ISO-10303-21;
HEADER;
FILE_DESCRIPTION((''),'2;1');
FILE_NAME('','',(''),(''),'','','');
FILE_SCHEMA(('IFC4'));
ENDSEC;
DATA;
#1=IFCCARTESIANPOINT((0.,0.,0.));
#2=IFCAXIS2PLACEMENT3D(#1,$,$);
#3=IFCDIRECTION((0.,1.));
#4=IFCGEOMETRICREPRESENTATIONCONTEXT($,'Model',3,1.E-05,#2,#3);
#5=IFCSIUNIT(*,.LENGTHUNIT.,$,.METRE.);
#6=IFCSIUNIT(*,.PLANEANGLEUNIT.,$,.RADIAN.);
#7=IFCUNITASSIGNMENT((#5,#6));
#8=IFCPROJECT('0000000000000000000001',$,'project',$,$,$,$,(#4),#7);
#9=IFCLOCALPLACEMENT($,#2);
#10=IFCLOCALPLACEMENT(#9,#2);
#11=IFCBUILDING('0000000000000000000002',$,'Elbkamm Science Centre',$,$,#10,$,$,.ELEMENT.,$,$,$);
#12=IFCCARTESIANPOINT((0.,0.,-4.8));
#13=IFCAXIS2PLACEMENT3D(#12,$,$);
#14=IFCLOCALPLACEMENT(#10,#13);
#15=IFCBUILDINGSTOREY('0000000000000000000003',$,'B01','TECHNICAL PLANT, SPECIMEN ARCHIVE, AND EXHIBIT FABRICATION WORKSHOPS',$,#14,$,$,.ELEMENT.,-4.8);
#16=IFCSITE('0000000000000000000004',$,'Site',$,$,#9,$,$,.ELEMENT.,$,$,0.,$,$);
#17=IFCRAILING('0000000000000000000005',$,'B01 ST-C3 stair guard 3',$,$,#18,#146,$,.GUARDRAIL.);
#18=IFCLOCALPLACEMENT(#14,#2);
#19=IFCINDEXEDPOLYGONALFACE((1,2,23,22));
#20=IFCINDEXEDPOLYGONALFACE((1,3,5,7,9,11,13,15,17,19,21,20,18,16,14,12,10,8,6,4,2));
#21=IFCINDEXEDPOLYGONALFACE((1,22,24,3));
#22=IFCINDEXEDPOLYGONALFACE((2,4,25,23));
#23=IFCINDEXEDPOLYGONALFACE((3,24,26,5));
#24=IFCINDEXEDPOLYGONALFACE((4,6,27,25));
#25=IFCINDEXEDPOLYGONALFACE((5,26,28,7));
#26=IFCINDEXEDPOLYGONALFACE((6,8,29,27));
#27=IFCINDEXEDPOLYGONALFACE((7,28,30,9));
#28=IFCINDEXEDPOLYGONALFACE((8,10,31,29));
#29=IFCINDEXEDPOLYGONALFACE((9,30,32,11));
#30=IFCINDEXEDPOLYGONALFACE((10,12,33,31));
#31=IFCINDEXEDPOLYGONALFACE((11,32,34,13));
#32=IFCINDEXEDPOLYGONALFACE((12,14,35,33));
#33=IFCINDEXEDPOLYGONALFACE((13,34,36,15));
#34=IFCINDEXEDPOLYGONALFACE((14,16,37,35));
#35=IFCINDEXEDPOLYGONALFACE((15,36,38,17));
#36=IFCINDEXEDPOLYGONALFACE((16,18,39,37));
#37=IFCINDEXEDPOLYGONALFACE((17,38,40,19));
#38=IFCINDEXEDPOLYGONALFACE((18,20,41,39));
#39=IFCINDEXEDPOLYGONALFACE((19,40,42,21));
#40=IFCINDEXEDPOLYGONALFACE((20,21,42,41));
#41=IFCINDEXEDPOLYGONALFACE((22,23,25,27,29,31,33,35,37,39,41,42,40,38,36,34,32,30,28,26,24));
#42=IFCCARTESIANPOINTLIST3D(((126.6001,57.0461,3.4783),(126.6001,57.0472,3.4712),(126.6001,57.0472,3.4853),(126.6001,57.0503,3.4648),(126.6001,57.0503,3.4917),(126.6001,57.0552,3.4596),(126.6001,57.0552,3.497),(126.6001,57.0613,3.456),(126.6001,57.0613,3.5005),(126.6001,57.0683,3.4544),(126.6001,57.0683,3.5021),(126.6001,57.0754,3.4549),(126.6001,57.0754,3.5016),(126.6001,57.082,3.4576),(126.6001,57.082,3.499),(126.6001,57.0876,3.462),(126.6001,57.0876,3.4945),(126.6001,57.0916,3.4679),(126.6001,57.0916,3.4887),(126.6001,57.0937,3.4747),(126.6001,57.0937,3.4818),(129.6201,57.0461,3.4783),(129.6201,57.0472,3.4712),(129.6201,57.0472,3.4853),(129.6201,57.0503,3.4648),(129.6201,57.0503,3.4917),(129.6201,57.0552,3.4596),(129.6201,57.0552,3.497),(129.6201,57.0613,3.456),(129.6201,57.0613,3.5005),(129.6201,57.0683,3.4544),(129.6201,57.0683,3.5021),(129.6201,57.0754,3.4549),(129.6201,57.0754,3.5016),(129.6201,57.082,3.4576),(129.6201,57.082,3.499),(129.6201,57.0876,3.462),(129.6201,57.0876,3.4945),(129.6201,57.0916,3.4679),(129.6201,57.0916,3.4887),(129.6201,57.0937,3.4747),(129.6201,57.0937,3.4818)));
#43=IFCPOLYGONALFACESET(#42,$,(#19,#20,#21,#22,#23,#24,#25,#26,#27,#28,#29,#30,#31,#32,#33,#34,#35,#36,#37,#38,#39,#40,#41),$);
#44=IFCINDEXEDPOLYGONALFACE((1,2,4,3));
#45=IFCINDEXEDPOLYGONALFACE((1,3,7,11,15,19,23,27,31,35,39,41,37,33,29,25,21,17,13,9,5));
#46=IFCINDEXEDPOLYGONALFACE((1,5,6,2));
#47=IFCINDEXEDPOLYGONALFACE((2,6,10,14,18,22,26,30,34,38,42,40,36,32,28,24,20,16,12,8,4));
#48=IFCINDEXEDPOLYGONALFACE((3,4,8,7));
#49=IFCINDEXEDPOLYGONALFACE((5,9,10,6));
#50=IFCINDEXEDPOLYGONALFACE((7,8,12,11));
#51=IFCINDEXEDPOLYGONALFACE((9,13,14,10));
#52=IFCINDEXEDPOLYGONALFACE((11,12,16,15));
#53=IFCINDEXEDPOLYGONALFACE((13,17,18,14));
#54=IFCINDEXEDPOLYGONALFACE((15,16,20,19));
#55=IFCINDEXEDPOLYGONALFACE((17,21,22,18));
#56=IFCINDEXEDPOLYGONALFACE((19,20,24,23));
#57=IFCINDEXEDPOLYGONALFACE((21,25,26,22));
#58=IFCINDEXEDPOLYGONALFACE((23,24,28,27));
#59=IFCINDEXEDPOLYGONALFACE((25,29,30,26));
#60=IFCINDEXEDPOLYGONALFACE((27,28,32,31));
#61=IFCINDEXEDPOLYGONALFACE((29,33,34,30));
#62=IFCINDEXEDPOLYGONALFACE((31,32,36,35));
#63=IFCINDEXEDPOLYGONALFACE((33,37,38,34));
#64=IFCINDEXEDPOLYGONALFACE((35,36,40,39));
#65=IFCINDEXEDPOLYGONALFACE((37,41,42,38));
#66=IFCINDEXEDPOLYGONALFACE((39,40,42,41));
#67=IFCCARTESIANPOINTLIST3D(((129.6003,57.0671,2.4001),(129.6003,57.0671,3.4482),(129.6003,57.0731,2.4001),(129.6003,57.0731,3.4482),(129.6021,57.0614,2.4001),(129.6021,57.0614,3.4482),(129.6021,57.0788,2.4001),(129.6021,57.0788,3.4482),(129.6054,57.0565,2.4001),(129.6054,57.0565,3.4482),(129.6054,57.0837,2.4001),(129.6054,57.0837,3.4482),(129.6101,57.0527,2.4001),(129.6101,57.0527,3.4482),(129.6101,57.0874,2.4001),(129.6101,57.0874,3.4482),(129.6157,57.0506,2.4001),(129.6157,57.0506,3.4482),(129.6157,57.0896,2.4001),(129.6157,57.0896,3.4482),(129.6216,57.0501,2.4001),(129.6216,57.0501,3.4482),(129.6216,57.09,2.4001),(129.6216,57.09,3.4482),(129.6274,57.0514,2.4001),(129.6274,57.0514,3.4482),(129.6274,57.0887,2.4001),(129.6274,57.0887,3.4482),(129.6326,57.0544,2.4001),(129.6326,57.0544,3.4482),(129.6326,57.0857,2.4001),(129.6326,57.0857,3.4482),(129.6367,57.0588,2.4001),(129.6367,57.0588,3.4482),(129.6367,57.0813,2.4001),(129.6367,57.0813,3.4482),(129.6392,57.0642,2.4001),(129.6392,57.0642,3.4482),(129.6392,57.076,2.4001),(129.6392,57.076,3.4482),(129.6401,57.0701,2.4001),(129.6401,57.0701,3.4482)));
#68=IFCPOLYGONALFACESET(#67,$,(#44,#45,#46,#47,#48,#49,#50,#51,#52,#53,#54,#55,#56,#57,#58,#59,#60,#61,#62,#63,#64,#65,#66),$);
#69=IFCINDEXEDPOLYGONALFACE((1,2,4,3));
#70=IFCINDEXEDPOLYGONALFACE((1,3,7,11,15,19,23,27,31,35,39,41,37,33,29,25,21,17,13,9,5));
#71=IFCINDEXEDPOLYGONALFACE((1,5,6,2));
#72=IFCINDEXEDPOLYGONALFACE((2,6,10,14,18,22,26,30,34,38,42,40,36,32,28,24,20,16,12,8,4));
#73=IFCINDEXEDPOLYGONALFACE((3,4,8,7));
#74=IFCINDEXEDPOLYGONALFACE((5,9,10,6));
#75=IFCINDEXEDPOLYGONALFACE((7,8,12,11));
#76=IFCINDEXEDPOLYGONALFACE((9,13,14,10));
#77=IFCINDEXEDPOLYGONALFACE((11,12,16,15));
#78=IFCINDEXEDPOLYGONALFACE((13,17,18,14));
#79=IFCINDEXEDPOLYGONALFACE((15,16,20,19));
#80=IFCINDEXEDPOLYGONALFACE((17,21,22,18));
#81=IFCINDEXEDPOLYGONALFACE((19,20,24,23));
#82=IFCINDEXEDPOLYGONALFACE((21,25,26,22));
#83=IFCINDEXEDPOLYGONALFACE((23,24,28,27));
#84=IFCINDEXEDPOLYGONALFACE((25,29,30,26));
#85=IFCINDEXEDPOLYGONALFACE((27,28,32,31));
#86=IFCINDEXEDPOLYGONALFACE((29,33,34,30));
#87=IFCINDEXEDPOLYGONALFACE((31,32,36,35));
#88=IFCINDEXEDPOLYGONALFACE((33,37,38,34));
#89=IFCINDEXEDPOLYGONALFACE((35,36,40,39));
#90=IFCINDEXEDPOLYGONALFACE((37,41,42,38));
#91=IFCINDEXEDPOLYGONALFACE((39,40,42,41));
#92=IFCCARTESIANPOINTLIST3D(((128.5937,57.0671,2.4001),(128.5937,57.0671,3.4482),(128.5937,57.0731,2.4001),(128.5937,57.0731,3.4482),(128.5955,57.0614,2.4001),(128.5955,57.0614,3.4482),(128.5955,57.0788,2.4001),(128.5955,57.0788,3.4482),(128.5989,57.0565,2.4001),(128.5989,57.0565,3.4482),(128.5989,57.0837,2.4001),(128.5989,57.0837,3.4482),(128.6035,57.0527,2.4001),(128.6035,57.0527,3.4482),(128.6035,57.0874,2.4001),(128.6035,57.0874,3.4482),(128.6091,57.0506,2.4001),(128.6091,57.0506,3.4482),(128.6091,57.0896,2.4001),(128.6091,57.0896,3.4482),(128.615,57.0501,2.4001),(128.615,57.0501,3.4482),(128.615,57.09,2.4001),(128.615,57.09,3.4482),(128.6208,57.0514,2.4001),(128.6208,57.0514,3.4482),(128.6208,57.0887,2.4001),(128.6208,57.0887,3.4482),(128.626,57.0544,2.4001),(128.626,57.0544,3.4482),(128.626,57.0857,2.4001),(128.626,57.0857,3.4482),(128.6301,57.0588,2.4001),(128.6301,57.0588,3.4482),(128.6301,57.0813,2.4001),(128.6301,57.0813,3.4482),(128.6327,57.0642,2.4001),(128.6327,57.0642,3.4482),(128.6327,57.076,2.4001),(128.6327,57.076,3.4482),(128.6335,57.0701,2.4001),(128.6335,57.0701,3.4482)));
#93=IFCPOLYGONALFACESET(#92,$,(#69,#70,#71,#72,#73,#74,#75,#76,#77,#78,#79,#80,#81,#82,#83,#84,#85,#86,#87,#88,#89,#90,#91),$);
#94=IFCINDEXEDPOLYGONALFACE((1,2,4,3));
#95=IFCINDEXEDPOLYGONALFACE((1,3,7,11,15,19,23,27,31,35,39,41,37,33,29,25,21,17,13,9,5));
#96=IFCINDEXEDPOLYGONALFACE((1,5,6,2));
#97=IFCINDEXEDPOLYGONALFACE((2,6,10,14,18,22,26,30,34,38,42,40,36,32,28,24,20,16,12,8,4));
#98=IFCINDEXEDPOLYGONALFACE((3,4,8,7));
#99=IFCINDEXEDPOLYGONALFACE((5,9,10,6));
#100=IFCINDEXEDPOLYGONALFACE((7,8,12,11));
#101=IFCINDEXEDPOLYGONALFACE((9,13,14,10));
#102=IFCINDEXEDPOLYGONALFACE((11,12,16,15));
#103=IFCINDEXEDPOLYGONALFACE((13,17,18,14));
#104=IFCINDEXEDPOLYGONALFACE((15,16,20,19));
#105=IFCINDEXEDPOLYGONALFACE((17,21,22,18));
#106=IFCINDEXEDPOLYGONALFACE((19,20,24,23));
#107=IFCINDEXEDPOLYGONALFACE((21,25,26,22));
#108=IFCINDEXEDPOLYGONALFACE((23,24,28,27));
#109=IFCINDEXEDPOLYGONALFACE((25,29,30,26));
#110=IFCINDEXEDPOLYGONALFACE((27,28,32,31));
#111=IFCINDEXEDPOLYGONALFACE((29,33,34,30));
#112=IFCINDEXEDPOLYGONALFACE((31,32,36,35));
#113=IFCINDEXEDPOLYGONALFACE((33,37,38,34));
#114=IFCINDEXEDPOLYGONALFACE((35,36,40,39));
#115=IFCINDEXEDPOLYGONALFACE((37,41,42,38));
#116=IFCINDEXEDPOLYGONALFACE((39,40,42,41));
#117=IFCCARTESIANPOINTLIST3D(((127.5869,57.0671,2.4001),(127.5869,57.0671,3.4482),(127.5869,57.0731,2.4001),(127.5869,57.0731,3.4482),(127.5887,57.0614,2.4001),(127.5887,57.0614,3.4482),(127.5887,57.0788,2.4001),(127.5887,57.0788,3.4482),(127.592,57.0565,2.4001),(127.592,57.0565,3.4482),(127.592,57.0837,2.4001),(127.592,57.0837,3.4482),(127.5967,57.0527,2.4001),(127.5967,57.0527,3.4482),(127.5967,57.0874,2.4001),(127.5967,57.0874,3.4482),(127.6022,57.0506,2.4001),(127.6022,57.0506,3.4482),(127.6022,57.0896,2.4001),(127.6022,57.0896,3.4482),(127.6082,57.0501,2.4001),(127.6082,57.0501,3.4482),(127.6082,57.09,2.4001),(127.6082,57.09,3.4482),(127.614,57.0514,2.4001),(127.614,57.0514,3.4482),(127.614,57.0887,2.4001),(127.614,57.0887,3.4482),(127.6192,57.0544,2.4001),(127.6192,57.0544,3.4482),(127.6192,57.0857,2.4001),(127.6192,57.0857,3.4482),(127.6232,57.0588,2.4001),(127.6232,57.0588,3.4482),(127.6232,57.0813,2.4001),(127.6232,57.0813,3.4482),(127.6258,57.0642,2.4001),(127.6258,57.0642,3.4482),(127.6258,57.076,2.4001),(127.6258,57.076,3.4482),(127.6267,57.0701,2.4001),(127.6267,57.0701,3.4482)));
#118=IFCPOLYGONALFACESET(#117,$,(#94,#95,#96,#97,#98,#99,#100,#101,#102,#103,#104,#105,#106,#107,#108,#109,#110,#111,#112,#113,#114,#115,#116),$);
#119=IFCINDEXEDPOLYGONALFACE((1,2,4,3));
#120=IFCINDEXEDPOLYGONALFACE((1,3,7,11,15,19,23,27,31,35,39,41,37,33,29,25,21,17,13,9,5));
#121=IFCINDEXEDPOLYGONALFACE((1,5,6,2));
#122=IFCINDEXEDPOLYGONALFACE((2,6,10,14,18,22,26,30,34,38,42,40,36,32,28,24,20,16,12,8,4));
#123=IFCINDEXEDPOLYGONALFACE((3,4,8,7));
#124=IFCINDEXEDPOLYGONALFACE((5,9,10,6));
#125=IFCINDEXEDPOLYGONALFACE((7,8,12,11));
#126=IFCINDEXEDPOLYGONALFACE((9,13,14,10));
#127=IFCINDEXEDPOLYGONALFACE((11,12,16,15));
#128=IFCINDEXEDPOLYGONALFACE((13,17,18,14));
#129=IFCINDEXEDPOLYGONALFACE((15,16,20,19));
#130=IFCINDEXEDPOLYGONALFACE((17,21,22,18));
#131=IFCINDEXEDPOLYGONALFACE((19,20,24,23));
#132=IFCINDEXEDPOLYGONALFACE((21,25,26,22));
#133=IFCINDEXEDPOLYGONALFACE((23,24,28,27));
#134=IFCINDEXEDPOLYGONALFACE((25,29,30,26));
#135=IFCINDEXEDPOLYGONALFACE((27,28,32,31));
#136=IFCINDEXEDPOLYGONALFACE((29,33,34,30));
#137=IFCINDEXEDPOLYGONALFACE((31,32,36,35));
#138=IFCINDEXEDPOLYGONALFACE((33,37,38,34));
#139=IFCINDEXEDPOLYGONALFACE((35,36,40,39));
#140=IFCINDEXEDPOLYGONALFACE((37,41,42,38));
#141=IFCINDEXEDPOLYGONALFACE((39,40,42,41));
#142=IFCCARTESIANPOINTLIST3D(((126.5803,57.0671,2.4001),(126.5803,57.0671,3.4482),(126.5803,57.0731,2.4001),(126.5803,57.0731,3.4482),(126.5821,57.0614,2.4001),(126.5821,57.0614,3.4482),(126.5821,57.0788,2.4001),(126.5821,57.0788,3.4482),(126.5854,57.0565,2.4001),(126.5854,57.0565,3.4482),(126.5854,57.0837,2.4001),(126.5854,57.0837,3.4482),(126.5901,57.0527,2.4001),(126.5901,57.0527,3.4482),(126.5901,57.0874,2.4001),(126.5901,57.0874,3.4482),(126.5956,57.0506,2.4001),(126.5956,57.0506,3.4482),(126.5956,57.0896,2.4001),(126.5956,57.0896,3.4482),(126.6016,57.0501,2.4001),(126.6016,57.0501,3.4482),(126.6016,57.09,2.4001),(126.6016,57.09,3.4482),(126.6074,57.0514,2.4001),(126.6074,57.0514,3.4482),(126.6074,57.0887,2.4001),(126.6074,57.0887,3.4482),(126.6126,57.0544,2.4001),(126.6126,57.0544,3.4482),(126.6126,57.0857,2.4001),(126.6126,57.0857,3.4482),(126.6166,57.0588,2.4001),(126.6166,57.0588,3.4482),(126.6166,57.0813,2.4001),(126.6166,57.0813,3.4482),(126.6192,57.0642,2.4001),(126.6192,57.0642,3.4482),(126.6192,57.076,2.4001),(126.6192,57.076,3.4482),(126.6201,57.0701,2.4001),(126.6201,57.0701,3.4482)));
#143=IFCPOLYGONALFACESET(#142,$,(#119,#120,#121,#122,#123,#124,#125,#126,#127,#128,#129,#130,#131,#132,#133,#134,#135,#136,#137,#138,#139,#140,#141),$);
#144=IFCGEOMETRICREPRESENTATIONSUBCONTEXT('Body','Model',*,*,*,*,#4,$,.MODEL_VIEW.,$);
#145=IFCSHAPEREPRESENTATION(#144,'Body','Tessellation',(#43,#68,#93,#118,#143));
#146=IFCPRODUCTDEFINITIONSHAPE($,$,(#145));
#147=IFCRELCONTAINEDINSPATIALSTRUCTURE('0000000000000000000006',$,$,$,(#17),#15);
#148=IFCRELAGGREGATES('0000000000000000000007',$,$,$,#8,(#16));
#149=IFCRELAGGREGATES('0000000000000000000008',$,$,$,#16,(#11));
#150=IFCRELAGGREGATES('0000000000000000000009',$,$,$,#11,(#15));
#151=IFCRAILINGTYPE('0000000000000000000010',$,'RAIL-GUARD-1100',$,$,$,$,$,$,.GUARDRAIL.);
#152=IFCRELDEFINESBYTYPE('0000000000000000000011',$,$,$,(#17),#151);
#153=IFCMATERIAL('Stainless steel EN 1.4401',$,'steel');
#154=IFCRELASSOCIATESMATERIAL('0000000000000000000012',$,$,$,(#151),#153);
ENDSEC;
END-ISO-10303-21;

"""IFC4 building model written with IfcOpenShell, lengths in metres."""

from ifc_helpers import new_model, si_unit, direction, frame, origin, origin_2d, place, context, subcontext, project, spatial, circle, extrude, material, type_object, element, save


model = new_model("IFC4")

# Units and contexts
model_context = context("Model", 3, precision=1e-05, world=origin(), true_north=direction((0.0, 1.0)))
body_context = subcontext(model_context, "Body", "Model", "MODEL_VIEW")
ifc_project = project(units=[si_unit("LENGTHUNIT", "METRE"), si_unit("PLANEANGLEUNIT", "RADIAN")], contexts=[model_context])

# Site, building, storey
site_placement = place(None, origin())
site = spatial("IfcSite", under=ifc_project, at=site_placement, Name="Site", CompositionType="ELEMENT", RefElevation=0.0)
building_placement = place(site_placement, origin())
building = spatial("IfcBuilding", under=site, at=building_placement, Name="Elbkamm Science Centre", CompositionType="ELEMENT")
storey_placement = place(building_placement, frame((0.0, 0.0, -4.8)))
storey = spatial("IfcBuildingStorey", under=building, at=storey_placement, Name="B01", Description="TECHNICAL PLANT, SPECIMEN ARCHIVE, AND EXHIBIT FABRICATION WORKSHOPS", CompositionType="ELEMENT", Elevation=-4.8)

# Railing
ifc_material_1 = material(Name="Stainless steel EN 1.4401", Category="steel")
railing_type_1 = type_object("IfcRailingType", Name="RAIL-GUARD-1100", PredefinedType="GUARDRAIL", material=ifc_material_1)
for number, where, name in (
    (1, (129.6201, 57.0701, 2.4001), "B01 ST-C3 stair guard 3"),
):
    element("IfcRailing", number, at=place(storey_placement, frame(where)), inside=storey, type_object=railing_type_1, Name=name, PredefinedType="GUARDRAIL", context=body_context, shape_type="SweptSolid", body=[
        extrude(circle(Radius=0.0239, at=origin_2d()), frame((0.0, 0.0, 1.0781), z_axis=(-1.0, 0.0, 0.0), x_axis=(0.0, -1.0, 0.0)), (0.0, 0.0, 1.0), 3.02),
        extrude(circle(Radius=0.02, at=origin_2d()), origin(), (0.0, 0.0, 1.0), 1.0481),
        extrude(circle(Radius=0.02, at=origin_2d()), frame((-1.0066, 0.0, 0.0)), (0.0, 0.0, 1.0), 1.0481),
        extrude(circle(Radius=0.02, at=origin_2d()), frame((-2.0134, 0.0, 0.0)), (0.0, 0.0, 1.0), 1.0481),
        extrude(circle(Radius=0.02, at=origin_2d()), frame((-3.02, 0.0, 0.0)), (0.0, 0.0, 1.0), 1.0481),
    ])

save(model, "model.ifc")
